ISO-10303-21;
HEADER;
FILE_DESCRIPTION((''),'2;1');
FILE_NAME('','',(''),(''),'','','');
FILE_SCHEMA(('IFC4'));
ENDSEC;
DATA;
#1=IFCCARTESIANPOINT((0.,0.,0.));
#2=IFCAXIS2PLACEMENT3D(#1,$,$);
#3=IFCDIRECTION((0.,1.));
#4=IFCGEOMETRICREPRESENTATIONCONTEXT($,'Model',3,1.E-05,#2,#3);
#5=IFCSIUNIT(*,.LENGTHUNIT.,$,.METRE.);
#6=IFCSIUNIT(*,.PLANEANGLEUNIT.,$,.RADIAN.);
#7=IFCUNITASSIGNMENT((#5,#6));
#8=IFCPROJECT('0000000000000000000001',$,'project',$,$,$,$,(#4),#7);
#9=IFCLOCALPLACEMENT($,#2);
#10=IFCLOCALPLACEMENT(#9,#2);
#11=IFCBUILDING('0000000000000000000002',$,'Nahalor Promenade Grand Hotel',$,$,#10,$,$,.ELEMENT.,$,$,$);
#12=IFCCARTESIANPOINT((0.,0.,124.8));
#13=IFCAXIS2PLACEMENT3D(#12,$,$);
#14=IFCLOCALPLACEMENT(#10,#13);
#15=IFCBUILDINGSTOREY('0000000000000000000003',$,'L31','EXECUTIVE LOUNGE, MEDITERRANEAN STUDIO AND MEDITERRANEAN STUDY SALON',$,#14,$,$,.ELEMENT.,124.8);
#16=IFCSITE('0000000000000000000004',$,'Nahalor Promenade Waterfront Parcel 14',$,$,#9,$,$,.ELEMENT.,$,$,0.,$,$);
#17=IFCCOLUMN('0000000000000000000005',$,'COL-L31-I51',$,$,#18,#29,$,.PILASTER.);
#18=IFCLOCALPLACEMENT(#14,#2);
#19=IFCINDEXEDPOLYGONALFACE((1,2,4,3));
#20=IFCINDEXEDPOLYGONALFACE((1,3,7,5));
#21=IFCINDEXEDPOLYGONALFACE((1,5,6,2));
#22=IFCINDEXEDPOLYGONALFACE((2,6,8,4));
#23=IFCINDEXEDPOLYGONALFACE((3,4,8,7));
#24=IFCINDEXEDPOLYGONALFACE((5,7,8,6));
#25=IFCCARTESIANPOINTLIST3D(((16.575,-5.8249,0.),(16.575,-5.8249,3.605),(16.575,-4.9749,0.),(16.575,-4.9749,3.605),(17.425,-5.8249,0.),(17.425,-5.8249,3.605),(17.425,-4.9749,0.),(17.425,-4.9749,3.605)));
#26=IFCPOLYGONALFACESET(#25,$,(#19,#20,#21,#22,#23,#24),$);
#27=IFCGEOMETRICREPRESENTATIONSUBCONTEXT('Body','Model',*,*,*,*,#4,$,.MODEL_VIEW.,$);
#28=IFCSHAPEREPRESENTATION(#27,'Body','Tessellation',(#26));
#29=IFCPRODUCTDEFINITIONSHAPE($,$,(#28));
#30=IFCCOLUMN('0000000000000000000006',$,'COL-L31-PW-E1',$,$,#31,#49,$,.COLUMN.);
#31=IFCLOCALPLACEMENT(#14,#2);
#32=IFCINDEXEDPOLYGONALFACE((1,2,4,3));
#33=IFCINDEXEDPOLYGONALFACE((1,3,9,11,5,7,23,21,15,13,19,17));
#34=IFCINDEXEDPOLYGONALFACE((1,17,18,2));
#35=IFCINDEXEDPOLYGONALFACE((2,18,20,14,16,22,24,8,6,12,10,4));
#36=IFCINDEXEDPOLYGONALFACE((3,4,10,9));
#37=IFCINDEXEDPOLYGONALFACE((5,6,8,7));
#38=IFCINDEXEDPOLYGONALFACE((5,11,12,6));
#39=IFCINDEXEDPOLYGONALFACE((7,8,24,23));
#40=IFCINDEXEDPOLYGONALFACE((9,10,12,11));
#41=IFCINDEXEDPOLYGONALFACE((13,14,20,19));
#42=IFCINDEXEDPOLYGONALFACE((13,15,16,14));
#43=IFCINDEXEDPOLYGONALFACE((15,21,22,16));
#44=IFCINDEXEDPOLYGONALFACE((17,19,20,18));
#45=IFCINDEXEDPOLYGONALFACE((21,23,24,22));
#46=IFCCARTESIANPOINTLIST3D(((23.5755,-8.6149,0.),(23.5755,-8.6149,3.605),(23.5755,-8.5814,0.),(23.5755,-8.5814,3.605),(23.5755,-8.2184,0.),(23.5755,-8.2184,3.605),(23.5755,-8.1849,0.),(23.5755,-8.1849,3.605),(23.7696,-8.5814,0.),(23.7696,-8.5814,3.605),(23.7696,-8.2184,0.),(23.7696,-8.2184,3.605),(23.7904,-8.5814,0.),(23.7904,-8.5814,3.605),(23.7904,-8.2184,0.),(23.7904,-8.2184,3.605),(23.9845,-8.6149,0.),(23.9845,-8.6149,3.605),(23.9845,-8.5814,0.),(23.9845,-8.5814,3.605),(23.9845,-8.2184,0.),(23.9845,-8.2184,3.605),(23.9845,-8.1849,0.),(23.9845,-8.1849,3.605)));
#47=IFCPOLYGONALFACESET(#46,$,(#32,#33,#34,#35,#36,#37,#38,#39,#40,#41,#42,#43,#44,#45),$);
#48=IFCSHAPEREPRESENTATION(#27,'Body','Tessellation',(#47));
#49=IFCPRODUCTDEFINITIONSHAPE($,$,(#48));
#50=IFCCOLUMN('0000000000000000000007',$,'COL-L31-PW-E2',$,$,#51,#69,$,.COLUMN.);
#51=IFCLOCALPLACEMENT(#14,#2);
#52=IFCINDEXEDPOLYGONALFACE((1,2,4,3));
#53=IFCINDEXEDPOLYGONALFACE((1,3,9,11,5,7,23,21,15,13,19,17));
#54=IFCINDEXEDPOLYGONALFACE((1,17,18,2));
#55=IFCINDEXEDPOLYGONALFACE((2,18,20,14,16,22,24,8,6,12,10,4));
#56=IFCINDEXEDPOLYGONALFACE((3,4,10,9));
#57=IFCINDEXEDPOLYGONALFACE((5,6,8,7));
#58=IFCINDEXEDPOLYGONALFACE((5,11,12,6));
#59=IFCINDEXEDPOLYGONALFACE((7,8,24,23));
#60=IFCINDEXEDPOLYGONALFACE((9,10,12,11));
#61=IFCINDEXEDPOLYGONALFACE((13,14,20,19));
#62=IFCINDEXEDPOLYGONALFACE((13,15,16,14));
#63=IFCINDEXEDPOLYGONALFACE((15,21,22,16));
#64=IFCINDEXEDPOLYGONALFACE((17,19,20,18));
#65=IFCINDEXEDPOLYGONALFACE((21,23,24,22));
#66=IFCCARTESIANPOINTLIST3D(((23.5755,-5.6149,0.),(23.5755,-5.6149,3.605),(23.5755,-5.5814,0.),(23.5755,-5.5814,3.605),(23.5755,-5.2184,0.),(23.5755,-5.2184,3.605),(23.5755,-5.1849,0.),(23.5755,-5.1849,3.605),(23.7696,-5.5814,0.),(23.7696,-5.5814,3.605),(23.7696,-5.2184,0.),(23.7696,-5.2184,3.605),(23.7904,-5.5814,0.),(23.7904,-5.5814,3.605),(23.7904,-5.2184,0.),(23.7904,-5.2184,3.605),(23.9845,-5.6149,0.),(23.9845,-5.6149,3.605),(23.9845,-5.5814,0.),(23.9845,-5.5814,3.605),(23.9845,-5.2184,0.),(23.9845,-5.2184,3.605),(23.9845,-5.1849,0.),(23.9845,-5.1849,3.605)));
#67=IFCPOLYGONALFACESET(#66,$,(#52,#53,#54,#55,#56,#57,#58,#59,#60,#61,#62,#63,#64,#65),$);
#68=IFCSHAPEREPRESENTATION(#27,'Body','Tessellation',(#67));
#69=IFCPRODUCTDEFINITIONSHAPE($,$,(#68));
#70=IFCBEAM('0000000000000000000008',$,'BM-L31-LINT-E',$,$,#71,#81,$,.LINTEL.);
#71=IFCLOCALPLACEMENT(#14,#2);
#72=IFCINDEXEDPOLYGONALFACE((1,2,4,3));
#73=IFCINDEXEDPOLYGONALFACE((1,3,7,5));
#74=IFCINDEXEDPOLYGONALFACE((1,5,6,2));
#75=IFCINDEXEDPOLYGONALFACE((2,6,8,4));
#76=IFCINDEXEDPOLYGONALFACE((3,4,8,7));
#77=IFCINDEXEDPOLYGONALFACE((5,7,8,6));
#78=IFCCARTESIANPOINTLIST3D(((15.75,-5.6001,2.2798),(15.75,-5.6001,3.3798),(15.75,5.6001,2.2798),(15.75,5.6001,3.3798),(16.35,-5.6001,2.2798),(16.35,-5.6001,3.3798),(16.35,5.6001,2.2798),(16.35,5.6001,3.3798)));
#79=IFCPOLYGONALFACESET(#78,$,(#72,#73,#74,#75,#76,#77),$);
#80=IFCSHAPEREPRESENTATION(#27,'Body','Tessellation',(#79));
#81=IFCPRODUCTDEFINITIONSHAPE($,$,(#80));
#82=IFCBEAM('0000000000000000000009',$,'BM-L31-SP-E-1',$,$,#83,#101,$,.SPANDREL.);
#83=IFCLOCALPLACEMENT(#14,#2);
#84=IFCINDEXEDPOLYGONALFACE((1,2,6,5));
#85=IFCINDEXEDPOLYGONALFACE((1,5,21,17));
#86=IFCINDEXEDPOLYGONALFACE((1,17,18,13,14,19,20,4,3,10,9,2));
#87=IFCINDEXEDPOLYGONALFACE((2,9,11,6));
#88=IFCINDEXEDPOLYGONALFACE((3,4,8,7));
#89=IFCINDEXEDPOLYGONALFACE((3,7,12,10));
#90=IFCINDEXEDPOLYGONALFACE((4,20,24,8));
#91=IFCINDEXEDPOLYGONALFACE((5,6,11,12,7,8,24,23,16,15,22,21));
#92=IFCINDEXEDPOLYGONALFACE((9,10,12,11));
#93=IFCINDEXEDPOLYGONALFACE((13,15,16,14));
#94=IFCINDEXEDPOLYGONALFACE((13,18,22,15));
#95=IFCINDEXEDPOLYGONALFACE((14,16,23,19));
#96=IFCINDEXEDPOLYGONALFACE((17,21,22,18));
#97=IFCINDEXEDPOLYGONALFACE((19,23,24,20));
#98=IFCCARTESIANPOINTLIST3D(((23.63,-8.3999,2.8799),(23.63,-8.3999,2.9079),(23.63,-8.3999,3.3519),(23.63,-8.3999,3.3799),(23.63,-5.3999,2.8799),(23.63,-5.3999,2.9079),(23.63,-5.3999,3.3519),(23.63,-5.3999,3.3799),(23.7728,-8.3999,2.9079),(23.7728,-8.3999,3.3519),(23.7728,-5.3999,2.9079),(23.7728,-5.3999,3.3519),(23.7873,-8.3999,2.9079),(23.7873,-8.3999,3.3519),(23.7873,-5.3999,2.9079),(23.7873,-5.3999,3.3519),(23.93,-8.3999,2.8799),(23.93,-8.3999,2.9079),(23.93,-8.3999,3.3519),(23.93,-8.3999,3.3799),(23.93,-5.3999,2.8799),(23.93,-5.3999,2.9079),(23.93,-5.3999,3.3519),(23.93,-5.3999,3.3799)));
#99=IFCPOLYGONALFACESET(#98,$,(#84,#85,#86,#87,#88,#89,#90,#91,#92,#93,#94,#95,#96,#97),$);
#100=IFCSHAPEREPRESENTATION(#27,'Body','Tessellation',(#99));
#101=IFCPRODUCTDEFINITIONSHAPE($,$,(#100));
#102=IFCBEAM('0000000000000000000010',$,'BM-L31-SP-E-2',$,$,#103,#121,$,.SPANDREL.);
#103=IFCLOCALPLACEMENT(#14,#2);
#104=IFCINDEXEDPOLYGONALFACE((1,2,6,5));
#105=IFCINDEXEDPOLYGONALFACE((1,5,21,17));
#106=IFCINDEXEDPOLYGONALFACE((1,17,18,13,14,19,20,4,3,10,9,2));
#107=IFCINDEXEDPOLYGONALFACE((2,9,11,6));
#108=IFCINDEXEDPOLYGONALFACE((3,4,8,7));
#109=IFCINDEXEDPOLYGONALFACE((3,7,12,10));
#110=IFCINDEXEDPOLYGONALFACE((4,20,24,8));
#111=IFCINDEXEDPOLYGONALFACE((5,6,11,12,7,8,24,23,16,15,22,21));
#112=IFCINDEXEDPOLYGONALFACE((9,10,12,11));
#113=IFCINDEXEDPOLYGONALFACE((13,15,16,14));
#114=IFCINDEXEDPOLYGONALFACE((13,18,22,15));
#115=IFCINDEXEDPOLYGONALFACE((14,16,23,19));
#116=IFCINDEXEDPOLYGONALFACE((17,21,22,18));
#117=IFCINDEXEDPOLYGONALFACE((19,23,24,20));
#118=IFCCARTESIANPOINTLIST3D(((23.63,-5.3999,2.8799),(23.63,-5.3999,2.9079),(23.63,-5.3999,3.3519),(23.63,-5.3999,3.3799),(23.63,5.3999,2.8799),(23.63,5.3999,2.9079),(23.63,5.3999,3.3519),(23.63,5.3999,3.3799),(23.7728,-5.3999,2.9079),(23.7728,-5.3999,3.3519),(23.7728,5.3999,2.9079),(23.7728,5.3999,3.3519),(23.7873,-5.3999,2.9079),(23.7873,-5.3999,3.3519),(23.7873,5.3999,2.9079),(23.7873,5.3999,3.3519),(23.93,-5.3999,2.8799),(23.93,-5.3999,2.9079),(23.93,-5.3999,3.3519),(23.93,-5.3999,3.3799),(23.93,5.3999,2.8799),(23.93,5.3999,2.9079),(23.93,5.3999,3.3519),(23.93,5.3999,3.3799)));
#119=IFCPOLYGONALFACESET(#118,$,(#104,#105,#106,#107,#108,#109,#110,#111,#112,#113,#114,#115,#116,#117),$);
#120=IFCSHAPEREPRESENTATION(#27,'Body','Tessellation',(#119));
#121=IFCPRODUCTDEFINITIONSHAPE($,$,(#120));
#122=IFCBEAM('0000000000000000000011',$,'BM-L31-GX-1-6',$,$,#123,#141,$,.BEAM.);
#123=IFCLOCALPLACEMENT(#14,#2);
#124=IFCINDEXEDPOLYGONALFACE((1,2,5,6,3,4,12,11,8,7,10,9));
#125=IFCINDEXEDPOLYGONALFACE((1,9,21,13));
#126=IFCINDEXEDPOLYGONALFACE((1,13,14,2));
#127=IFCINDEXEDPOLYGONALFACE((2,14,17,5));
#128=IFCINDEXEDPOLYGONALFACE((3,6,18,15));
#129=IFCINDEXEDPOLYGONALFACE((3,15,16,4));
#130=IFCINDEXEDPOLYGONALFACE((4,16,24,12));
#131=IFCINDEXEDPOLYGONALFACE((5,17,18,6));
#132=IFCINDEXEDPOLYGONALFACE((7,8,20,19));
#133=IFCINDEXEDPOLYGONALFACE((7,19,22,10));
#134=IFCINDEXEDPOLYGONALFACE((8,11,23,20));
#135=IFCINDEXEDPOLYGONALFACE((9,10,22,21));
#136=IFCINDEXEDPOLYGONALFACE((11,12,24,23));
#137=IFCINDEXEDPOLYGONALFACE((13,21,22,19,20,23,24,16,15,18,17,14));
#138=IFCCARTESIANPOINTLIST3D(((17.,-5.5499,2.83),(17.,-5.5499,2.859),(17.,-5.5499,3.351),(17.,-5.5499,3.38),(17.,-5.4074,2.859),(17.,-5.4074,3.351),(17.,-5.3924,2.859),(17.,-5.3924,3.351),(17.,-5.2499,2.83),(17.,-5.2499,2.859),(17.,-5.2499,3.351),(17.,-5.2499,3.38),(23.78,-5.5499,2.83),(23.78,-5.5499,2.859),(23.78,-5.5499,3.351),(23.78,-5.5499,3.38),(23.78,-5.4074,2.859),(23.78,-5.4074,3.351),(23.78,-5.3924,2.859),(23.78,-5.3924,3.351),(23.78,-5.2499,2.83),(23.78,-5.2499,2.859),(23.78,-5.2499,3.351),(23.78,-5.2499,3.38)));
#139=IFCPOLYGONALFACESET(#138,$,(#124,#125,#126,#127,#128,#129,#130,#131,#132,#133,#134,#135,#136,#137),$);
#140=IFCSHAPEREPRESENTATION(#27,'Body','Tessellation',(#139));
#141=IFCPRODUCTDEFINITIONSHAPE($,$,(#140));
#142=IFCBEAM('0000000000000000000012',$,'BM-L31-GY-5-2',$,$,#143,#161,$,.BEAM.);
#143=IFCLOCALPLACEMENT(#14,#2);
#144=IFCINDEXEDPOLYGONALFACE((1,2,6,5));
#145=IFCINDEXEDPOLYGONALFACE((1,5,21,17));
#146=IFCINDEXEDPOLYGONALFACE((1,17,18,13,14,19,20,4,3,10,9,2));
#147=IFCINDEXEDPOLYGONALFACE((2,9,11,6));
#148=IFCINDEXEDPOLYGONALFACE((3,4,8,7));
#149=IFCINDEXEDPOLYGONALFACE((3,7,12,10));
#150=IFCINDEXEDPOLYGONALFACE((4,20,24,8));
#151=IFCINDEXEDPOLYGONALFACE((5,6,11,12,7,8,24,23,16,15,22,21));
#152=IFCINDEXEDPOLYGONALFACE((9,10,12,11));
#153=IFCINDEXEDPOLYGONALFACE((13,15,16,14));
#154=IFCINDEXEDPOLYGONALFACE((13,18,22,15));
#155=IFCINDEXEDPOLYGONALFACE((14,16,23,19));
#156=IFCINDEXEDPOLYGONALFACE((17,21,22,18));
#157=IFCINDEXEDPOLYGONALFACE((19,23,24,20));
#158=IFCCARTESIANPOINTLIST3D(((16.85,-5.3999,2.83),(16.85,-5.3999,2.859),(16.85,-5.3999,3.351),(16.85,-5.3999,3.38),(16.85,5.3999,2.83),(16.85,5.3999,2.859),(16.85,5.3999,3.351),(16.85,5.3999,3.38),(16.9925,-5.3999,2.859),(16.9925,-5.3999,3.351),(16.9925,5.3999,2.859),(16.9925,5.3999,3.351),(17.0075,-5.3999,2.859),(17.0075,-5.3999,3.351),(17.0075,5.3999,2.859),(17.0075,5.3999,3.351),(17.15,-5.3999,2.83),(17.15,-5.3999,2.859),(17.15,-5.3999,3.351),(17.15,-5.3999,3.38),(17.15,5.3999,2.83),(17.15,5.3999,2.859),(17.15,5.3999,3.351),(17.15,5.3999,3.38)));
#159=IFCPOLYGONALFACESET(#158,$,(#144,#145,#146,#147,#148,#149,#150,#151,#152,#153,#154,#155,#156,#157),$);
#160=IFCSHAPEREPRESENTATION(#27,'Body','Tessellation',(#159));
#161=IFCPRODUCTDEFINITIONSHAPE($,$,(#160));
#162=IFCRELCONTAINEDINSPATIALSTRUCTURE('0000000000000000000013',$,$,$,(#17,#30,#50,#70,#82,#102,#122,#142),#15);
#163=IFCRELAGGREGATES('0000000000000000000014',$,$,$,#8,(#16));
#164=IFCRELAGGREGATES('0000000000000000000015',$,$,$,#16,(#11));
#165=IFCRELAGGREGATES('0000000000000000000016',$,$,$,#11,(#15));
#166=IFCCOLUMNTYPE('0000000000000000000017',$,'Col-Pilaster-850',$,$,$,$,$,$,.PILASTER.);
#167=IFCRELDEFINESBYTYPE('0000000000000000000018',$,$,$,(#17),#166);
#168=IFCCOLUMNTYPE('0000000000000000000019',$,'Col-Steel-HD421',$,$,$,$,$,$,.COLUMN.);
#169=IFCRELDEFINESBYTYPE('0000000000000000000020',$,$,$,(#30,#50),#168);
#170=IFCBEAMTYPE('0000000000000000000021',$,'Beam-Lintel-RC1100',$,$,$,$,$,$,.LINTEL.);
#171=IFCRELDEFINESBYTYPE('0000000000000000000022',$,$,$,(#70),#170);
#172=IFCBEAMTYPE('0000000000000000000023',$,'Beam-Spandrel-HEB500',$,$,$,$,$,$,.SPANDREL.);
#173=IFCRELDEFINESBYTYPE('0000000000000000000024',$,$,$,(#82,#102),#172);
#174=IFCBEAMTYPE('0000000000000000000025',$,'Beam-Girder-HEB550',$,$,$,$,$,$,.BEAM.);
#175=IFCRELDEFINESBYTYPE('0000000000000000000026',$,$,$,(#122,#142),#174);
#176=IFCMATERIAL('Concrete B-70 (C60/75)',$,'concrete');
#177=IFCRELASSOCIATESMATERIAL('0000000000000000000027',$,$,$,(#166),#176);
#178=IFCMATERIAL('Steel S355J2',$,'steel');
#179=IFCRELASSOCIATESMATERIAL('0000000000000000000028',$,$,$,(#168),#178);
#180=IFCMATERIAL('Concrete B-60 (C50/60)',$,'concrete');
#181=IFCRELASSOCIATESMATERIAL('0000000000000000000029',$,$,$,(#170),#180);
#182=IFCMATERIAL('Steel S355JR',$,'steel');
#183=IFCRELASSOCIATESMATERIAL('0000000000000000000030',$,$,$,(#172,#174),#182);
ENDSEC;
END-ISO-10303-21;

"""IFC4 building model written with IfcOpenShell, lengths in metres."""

from ifc_helpers import new_model, si_unit, direction, frame, origin, origin_2d, place, context, subcontext, project, spatial, rectangle, i_section, extrude, source, transform, mapped, material, material_profile, profile_set, type_object, element, save


model = new_model("IFC4")

# Units and contexts
model_context = context("Model", 3, precision=1e-05, world=origin(), true_north=direction((0.0, 1.0)))
body_context = subcontext(model_context, "Body", "Model", "MODEL_VIEW")
ifc_project = project(units=[si_unit("LENGTHUNIT", "METRE"), si_unit("PLANEANGLEUNIT", "RADIAN")], contexts=[model_context])

# Site, building, storey
site_placement = place(None, origin())
site = spatial("IfcSite", under=ifc_project, at=site_placement, Name="Nahalor Promenade Waterfront Parcel 14", CompositionType="ELEMENT", RefElevation=0.0)
building_placement = place(site_placement, origin())
building = spatial("IfcBuilding", under=site, at=building_placement, Name="Nahalor Promenade Grand Hotel", CompositionType="ELEMENT")
storey_placement = place(building_placement, frame((0.0, 0.0, 124.8)))
storey = spatial("IfcBuildingStorey", under=building, at=storey_placement, Name="L31", Description="EXECUTIVE LOUNGE, MEDITERRANEAN STUDIO AND MEDITERRANEAN STUDY SALON", CompositionType="ELEMENT", Elevation=124.8)

# Columns
ifc_material_1 = material(Name="Concrete B-70 (C60/75)", Category="concrete")
ifc_material_profile_1 = material_profile(ifc_material_1, rectangle(XDim=0.85, YDim=0.85, at=origin_2d()), Name="RC 850x850")
ifc_profile_set_1 = profile_set([ifc_material_profile_1], Name="Concrete B-70 (C60/75)")
column_type_1 = type_object("IfcColumnType", Name="Col-Pilaster-850", PredefinedType="PILASTER", material=ifc_profile_set_1)
shared_shape_1 = source(origin(), body_context, "Body", "SweptSolid", [
    extrude(rectangle(XDim=0.85, YDim=0.85, at=origin_2d()), origin(), (0.0, 0.0, 1.0), 3.605),
])
column_placement = place(storey_placement, frame((17.0, -5.3999, 0.0), z_axis=(0.0, 0.0, 1.0), x_axis=(1.0, 0.0, 0.0)))
element("IfcColumn", 1, at=column_placement, inside=storey, type_object=column_type_1, Name="COL-L31-I51", PredefinedType="PILASTER", context=body_context, shape_type="MappedRepresentation", body=[
    mapped(shared_shape_1, transform((0.0, 0.0, 0.0), scale=1.0)),
])
ifc_material_2 = material(Name="Steel S355J2", Category="steel")
ifc_material_profile_2 = material_profile(ifc_material_2, i_section(OverallWidth=0.409, OverallDepth=0.43, WebThickness=0.0208, FlangeThickness=0.0335, at=origin_2d()), Name="HD 400x421")
ifc_profile_set_2 = profile_set([ifc_material_profile_2], Name="Steel S355J2")
column_type_2 = type_object("IfcColumnType", Name="Col-Steel-HD421", PredefinedType="COLUMN", material=ifc_profile_set_2)
shared_shape_2 = source(origin(), body_context, "Body", "SweptSolid", [
    extrude(i_section(OverallWidth=0.409, OverallDepth=0.43, WebThickness=0.0208, FlangeThickness=0.0335, at=origin_2d()), origin(), (0.0, 0.0, 1.0), 3.605),
])
for number, where, z_axis, x_axis, name in (
    (2, (23.78, -8.3999, 0.0), (0.0, 0.0, 1.0), (1.0, 0.0, 0.0), "COL-L31-PW-E1"),
    (3, (23.78, -5.3999, 0.0), (0.0, 0.0, 1.0), (1.0, 0.0, 0.0), "COL-L31-PW-E2"),
):
    element("IfcColumn", number, at=place(storey_placement, frame(where, z_axis=z_axis, x_axis=x_axis)), inside=storey, type_object=column_type_2, Name=name, PredefinedType="COLUMN", context=body_context, shape_type="MappedRepresentation", body=[
        mapped(shared_shape_2, transform((0.0, 0.0, 0.0), scale=1.0)),
    ])

# Beams
ifc_material_3 = material(Name="Concrete B-60 (C50/60)", Category="concrete")
ifc_material_profile_3 = material_profile(ifc_material_3, rectangle(XDim=0.6, YDim=1.1, at=origin_2d()), Name="RC 600x1100")
ifc_profile_set_3 = profile_set([ifc_material_profile_3], Name="Concrete B-60 (C50/60)")
beam_type_1 = type_object("IfcBeamType", Name="Beam-Lintel-RC1100", PredefinedType="LINTEL", material=ifc_profile_set_3)
shared_shape_3 = source(origin(), body_context, "Body", "SweptSolid", [
    extrude(rectangle(XDim=0.6, YDim=1.1, at=origin_2d()), origin(), (0.0, 0.0, 1.0), 11.2002),
])
beam_1_placement = place(storey_placement, frame((16.05, -5.6001, 2.8298), z_axis=(0.0, 1.0, 0.0), x_axis=(-1.0, 0.0, 0.0)))
element("IfcBeam", 4, at=beam_1_placement, inside=storey, type_object=beam_type_1, Name="BM-L31-LINT-E", PredefinedType="LINTEL", context=body_context, shape_type="MappedRepresentation", body=[
    mapped(shared_shape_3, transform((0.0, 0.0, 0.0), scale=1.0)),
])
ifc_material_4 = material(Name="Steel S355JR", Category="steel")
ifc_material_profile_4 = material_profile(ifc_material_4, i_section(OverallWidth=0.3, OverallDepth=0.5, WebThickness=0.0145, FlangeThickness=0.028, at=origin_2d()), Name="HEB 500")
ifc_profile_set_4 = profile_set([ifc_material_profile_4], Name="Steel S355JR")
beam_type_2 = type_object("IfcBeamType", Name="Beam-Spandrel-HEB500", PredefinedType="SPANDREL", material=ifc_profile_set_4)
shared_shape_4 = source(origin(), body_context, "Body", "SweptSolid", [
    extrude(i_section(OverallWidth=0.3, OverallDepth=0.5, WebThickness=0.0145, FlangeThickness=0.028, at=origin_2d()), origin(), (0.0, 0.0, 1.0), 3.0),
])
beam_2_placement = place(storey_placement, frame((23.78, -8.3999, 3.1299), z_axis=(0.0, 1.0, 0.0), x_axis=(-1.0, 0.0, 0.0)))
element("IfcBeam", 5, at=beam_2_placement, inside=storey, type_object=beam_type_2, Name="BM-L31-SP-E-1", PredefinedType="SPANDREL", context=body_context, shape_type="MappedRepresentation", body=[
    mapped(shared_shape_4, transform((0.0, 0.0, 0.0), scale=1.0)),
])
shared_shape_5 = source(origin(), body_context, "Body", "SweptSolid", [
    extrude(i_section(OverallWidth=0.3, OverallDepth=0.5, WebThickness=0.0145, FlangeThickness=0.028, at=origin_2d()), origin(), (0.0, 0.0, 1.0), 10.7998),
])
beam_3_placement = place(storey_placement, frame((23.78, -5.3999, 3.1299), z_axis=(0.0, 1.0, 0.0), x_axis=(-1.0, 0.0, 0.0)))
element("IfcBeam", 6, at=beam_3_placement, inside=storey, type_object=beam_type_2, Name="BM-L31-SP-E-2", PredefinedType="SPANDREL", context=body_context, shape_type="MappedRepresentation", body=[
    mapped(shared_shape_5, transform((0.0, 0.0, 0.0), scale=1.0)),
])
ifc_material_profile_5 = material_profile(ifc_material_4, i_section(OverallWidth=0.3, OverallDepth=0.55, WebThickness=0.015, FlangeThickness=0.029, at=origin_2d()), Name="HEB 550")
ifc_profile_set_5 = profile_set([ifc_material_profile_5], Name="Steel S355JR")
beam_type_3 = type_object("IfcBeamType", Name="Beam-Girder-HEB550", PredefinedType="BEAM", material=ifc_profile_set_5)
shared_shape_6 = source(origin(), body_context, "Body", "SweptSolid", [
    extrude(i_section(OverallWidth=0.3, OverallDepth=0.55, WebThickness=0.015, FlangeThickness=0.029, at=origin_2d()), origin(), (0.0, 0.0, 1.0), 6.78),
])
beam_4_placement = place(storey_placement, frame((17.0, -5.3999, 3.105), z_axis=(1.0, 0.0, 0.0), x_axis=(0.0, 1.0, 0.0)))
element("IfcBeam", 7, at=beam_4_placement, inside=storey, type_object=beam_type_3, Name="BM-L31-GX-1-6", PredefinedType="BEAM", context=body_context, shape_type="MappedRepresentation", body=[
    mapped(shared_shape_6, transform((0.0, 0.0, 0.0), scale=1.0)),
])
shared_shape_7 = source(origin(), body_context, "Body", "SweptSolid", [
    extrude(i_section(OverallWidth=0.3, OverallDepth=0.55, WebThickness=0.015, FlangeThickness=0.029, at=origin_2d()), origin(), (0.0, 0.0, 1.0), 10.7998),
])
beam_5_placement = place(storey_placement, frame((17.0, -5.3999, 3.105), z_axis=(0.0, 1.0, 0.0), x_axis=(-1.0, 0.0, 0.0)))
element("IfcBeam", 8, at=beam_5_placement, inside=storey, type_object=beam_type_3, Name="BM-L31-GY-5-2", PredefinedType="BEAM", context=body_context, shape_type="MappedRepresentation", body=[
    mapped(shared_shape_7, transform((0.0, 0.0, 0.0), scale=1.0)),
])

save(model, "model.ifc")
